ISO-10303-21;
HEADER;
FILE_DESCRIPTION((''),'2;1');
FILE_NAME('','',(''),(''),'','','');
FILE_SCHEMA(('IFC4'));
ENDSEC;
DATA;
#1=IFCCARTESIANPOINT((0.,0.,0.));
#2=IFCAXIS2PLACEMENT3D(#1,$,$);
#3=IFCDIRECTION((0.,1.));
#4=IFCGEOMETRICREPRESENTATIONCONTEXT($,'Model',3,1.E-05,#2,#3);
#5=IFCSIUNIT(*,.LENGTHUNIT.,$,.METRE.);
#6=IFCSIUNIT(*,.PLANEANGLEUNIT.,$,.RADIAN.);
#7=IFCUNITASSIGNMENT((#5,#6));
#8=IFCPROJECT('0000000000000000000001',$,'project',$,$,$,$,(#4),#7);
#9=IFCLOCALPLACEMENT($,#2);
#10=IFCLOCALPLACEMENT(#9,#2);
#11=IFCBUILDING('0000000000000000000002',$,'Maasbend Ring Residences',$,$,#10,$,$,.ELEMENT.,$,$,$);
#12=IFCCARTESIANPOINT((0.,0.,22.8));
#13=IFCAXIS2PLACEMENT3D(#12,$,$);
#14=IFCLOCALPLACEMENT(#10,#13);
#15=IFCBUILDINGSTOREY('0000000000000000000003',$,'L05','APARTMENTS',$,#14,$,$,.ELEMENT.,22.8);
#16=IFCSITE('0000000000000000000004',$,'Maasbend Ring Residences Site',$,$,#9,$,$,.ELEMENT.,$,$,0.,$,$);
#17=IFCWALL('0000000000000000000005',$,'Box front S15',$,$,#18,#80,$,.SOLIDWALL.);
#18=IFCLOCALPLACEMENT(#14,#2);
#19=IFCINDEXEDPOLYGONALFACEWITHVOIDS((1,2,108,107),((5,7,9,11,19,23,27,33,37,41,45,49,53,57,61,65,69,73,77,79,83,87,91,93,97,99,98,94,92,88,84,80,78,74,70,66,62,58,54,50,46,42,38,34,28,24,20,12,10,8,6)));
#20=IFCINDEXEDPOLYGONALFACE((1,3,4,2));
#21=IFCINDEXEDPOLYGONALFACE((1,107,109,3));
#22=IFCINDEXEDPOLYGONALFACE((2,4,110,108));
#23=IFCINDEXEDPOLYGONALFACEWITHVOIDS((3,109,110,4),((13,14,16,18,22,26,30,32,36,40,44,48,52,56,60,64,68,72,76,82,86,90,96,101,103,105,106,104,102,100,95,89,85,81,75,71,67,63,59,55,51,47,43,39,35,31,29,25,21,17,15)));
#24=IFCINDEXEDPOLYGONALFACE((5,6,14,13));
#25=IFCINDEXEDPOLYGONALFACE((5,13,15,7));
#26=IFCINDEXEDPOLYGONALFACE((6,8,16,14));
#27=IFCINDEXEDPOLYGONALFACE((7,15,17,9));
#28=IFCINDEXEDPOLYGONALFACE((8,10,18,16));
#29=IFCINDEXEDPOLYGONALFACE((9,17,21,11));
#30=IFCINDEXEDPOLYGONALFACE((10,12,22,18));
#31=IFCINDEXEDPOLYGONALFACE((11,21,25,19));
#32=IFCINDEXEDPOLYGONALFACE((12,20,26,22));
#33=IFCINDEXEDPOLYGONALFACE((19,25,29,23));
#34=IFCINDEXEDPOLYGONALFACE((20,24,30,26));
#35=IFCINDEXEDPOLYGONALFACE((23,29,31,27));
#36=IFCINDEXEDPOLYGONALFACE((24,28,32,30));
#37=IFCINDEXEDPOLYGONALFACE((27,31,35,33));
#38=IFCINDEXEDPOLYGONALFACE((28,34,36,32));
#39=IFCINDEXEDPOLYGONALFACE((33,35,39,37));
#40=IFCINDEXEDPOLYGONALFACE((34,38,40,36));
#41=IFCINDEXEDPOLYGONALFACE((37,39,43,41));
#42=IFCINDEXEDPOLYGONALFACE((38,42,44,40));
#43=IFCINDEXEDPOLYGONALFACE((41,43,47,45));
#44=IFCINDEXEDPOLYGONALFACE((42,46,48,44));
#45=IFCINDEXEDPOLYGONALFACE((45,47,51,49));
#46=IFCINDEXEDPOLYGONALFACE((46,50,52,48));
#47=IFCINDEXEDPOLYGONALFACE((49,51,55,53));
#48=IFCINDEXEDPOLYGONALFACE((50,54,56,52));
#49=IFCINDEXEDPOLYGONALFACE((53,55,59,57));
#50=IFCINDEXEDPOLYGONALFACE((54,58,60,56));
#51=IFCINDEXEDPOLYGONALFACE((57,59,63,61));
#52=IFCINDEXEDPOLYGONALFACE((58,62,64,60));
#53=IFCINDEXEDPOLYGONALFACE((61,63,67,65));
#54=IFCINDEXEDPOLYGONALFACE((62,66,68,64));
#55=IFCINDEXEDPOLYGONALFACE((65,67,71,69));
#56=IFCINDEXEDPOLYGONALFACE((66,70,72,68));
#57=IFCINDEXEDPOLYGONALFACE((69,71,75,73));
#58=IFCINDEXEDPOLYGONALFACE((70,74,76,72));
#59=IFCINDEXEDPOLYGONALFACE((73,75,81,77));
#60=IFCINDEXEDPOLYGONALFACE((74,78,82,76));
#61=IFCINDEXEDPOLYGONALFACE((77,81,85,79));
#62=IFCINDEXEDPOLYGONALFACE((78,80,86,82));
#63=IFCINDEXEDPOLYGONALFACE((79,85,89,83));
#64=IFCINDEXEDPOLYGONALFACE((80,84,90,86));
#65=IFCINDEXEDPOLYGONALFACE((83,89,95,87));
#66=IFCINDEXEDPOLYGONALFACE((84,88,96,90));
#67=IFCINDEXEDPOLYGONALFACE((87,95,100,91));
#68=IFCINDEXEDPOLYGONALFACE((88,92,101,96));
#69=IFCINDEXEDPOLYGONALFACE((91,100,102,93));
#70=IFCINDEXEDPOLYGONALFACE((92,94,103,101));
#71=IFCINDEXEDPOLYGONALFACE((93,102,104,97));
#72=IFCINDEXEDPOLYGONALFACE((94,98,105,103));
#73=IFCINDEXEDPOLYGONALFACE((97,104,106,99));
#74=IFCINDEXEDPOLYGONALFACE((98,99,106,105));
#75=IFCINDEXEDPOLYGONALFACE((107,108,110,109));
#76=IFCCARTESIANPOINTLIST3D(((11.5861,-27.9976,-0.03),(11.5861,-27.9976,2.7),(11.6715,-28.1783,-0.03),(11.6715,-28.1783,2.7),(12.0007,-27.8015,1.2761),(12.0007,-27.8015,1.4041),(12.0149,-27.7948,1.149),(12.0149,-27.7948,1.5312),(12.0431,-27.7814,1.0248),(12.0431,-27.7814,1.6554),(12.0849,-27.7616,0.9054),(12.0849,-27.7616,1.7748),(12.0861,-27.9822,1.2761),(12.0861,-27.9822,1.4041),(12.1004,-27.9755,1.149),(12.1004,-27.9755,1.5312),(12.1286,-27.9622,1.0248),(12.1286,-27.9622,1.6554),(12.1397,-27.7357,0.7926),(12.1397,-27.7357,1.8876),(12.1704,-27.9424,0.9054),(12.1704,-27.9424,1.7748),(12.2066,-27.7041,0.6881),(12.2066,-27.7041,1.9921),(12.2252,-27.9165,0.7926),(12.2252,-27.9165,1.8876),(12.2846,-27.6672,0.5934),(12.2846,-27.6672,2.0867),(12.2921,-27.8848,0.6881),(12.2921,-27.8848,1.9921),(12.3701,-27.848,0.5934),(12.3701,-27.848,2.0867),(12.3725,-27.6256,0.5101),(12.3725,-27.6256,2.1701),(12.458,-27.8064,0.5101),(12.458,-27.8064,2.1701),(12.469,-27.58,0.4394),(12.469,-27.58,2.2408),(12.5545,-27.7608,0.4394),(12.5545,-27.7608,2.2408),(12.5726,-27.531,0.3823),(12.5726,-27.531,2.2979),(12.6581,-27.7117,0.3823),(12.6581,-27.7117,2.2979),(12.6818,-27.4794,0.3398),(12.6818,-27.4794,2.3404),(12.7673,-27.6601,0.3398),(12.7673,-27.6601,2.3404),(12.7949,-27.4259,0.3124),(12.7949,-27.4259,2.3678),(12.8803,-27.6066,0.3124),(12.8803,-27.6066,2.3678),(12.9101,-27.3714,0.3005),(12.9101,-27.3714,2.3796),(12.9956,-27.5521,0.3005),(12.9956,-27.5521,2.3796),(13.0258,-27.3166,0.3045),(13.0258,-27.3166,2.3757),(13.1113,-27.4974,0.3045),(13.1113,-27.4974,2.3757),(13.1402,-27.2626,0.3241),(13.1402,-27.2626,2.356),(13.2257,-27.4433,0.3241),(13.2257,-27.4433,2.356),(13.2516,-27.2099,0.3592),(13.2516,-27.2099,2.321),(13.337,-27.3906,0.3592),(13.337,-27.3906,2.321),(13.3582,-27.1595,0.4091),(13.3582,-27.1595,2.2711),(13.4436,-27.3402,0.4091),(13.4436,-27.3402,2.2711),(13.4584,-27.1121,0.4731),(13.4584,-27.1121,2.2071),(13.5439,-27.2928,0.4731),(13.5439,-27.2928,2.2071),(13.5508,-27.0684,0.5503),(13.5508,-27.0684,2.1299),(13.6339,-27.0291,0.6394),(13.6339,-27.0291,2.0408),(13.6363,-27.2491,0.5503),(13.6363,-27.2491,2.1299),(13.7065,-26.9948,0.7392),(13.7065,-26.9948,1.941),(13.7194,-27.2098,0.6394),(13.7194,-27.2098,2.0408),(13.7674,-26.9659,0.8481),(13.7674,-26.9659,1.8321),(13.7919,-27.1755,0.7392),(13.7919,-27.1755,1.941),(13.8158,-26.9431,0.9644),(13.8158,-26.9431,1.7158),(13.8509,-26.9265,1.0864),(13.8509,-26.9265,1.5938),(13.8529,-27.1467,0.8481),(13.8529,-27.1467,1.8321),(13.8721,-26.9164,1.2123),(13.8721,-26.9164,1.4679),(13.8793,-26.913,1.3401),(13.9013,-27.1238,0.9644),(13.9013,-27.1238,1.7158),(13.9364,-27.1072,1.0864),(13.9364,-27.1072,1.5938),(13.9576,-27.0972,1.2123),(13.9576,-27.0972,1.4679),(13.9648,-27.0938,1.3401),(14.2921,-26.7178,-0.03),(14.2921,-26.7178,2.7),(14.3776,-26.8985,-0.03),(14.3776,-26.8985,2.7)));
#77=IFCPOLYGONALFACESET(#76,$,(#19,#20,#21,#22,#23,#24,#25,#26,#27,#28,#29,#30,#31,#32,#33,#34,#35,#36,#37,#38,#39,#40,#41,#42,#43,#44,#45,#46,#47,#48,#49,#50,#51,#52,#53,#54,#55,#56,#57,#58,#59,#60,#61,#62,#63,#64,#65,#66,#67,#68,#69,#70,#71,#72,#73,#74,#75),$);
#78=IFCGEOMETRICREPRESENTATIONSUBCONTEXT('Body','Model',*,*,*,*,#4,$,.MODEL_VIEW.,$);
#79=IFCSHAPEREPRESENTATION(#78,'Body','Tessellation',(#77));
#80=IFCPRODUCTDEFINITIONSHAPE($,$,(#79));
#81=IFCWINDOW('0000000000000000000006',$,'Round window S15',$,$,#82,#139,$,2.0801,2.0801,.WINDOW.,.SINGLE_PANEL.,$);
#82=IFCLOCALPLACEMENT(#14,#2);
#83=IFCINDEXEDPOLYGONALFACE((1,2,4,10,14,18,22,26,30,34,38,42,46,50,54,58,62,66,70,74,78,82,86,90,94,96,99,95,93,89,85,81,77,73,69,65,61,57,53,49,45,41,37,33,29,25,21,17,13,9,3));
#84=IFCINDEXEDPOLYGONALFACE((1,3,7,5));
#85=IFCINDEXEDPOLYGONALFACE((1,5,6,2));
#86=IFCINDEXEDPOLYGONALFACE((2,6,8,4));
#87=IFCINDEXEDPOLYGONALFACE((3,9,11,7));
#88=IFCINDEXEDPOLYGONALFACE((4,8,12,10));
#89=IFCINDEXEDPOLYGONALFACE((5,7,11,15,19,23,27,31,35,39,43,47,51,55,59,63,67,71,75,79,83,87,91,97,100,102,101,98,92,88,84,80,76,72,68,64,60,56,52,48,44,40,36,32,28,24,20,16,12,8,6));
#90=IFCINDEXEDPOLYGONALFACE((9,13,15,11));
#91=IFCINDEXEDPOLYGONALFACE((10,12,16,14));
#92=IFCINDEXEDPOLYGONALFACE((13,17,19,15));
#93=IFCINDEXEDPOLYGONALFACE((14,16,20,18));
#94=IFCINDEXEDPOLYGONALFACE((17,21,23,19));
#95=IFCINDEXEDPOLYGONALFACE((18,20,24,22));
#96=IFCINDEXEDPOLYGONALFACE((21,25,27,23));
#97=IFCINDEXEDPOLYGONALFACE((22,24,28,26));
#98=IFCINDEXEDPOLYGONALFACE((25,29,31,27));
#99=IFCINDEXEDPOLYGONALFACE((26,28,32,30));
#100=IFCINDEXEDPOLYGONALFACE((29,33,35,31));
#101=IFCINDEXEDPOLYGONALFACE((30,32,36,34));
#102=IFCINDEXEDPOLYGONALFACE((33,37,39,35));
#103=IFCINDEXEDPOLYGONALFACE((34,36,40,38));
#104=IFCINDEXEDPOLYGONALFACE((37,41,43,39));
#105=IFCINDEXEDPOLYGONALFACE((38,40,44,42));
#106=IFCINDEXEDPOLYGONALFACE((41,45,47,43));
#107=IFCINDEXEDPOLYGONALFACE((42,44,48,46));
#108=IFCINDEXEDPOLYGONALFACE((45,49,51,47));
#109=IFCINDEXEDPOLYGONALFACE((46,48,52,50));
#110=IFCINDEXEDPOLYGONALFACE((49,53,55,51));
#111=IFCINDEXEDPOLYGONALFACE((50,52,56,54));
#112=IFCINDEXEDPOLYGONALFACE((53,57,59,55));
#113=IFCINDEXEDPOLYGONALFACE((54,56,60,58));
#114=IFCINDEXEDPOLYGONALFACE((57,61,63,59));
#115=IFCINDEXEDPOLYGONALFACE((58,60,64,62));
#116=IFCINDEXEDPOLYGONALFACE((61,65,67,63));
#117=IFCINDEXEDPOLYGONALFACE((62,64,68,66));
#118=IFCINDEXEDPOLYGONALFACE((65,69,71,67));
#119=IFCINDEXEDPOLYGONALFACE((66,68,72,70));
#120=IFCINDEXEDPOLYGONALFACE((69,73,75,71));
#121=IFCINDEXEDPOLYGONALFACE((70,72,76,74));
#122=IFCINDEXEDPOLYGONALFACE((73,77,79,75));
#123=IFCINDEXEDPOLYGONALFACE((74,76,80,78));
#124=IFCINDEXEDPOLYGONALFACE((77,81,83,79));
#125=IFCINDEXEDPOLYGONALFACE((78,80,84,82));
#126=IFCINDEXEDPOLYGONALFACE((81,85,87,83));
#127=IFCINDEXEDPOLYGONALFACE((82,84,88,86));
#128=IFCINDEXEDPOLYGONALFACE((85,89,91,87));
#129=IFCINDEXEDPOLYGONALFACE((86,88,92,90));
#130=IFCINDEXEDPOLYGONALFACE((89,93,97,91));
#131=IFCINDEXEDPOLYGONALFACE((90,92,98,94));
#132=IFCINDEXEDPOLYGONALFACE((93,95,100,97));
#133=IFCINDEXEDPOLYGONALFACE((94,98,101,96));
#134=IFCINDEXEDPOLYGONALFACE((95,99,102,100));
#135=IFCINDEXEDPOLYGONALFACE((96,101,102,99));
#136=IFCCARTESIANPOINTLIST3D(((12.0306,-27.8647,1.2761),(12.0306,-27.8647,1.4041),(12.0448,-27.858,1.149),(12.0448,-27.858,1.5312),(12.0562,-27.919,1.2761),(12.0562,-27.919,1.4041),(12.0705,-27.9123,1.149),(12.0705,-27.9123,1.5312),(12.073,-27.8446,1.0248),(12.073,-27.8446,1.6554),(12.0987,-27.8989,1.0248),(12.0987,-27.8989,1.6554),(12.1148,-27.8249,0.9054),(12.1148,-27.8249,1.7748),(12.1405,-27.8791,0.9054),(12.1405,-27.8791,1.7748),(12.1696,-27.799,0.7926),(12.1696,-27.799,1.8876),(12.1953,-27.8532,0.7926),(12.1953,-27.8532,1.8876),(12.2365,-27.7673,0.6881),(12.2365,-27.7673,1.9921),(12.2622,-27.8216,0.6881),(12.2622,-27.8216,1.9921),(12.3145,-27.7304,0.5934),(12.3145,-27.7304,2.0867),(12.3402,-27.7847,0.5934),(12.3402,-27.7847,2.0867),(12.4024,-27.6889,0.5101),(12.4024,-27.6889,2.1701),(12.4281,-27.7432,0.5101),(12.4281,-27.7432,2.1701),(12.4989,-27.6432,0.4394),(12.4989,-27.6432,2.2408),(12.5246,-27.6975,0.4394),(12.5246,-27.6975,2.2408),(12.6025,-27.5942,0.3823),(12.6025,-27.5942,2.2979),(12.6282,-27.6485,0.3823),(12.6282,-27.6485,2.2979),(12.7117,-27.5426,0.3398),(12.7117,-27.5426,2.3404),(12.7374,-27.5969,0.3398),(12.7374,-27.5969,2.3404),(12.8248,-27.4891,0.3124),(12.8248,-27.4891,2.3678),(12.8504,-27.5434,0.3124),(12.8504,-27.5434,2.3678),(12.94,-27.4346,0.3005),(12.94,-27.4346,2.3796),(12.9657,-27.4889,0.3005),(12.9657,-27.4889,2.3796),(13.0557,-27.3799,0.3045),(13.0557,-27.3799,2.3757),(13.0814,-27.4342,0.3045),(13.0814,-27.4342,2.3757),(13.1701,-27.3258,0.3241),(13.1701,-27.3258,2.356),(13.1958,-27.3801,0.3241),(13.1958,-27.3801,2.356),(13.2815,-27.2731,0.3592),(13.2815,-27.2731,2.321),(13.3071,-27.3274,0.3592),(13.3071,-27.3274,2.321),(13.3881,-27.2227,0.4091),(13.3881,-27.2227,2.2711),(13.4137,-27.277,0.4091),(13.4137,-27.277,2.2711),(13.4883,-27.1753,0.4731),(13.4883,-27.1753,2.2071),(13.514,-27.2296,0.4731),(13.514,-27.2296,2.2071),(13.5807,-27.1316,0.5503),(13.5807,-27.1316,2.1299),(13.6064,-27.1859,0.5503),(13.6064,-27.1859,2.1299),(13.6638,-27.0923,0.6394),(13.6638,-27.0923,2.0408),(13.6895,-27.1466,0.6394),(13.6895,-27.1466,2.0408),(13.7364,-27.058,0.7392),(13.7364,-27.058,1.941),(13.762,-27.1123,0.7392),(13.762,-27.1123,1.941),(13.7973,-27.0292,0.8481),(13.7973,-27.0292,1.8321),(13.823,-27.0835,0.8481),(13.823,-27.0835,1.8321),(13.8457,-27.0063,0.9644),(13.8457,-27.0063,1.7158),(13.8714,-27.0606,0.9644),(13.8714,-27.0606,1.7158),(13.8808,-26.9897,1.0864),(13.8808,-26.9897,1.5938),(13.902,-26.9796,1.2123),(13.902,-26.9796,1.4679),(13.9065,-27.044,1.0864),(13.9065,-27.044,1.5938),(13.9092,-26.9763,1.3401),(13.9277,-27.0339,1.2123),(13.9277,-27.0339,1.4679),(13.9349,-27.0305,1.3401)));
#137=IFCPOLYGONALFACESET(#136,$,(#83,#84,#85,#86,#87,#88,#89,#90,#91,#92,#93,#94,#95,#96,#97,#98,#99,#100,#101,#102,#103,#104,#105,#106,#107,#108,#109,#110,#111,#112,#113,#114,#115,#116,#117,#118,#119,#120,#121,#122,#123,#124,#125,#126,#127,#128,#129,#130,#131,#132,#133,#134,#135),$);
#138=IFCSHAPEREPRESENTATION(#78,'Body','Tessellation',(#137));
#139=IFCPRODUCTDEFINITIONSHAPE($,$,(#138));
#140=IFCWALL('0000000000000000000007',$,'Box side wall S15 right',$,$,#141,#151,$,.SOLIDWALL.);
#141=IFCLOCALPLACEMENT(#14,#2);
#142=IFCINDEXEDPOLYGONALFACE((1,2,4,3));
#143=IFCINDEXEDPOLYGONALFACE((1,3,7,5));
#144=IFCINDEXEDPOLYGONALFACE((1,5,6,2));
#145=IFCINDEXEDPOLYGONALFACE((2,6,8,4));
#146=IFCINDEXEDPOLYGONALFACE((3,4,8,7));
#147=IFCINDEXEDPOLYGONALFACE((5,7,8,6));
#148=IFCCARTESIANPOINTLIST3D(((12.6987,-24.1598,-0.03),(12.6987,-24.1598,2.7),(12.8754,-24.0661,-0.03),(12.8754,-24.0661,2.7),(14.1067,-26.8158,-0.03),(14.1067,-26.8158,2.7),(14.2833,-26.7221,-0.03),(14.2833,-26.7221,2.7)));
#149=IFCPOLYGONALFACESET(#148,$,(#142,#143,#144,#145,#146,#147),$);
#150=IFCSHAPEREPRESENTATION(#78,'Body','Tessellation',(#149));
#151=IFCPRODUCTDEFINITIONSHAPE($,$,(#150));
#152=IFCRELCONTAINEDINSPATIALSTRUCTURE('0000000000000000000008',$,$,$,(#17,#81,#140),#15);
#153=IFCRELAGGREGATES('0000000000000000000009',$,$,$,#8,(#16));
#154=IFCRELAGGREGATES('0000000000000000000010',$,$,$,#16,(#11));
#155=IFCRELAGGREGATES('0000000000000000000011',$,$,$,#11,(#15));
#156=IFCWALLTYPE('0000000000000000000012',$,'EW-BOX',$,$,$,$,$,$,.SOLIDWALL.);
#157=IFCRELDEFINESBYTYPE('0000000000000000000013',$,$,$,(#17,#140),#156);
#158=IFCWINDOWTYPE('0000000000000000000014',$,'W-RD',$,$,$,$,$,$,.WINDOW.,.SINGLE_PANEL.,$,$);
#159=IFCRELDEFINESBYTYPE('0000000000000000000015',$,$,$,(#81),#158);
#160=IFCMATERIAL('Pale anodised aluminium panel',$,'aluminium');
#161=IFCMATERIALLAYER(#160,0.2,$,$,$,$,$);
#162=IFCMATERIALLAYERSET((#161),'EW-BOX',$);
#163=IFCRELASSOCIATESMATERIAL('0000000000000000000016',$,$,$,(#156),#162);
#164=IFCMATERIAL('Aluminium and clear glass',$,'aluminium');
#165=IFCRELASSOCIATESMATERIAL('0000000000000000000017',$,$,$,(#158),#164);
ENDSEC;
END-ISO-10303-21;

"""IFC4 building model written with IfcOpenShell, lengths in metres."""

from ifc_helpers import new_model, si_unit, direction, frame, frame_2d, origin, place, context, subcontext, project, spatial, rectangle, circle, extrude, material, layer, layer_set, type_object, element, fill, save


model = new_model("IFC4")

# Units and contexts
model_context = context("Model", 3, precision=1e-05, world=origin(), true_north=direction((0.0, 1.0)))
body_context = subcontext(model_context, "Body", "Model", "MODEL_VIEW")
ifc_project = project(units=[si_unit("LENGTHUNIT", "METRE"), si_unit("PLANEANGLEUNIT", "RADIAN")], contexts=[model_context])

# Site, building, storey
site_placement = place(None, origin())
site = spatial("IfcSite", under=ifc_project, at=site_placement, Name="Maasbend Ring Residences Site", CompositionType="ELEMENT", RefElevation=0.0)
building_placement = place(site_placement, origin())
building = spatial("IfcBuilding", under=site, at=building_placement, Name="Maasbend Ring Residences", CompositionType="ELEMENT")
storey_placement = place(building_placement, frame((0.0, 0.0, 22.8)))
storey = spatial("IfcBuildingStorey", under=building, at=storey_placement, Name="L05", Description="APARTMENTS", CompositionType="ELEMENT", Elevation=22.8)

# Wall, opening, window
ifc_material_1 = material(Name="Pale anodised aluminium panel", Category="aluminium")
ifc_layer_1 = layer(ifc_material_1, 0.2)
ifc_layer_set_1 = layer_set([ifc_layer_1], Name="EW-BOX")
wall_type_1 = type_object("IfcWallType", Name="EW-BOX", PredefinedType="SOLIDWALL", material=ifc_layer_set_1)
wall_1_placement = place(storey_placement, frame((11.6289, -28.0879, -0.03), z_axis=(0.0, 0.0, 1.0), x_axis=(0.904, 0.427532, 0.0)))
wall_1 = element("IfcWall", 1, at=wall_1_placement, inside=storey, type_object=wall_type_1, Name="Box front S15", PredefinedType="SOLIDWALL", context=body_context, shape_type="SweptSolid", body=[
    extrude(rectangle(XDim=2.9934, YDim=0.2, at=frame_2d((1.4966, 0.0))), origin(), (0.0, 0.0, 1.0), 2.73),
])
opening_1_placement = place(wall_1_placement, frame((0.4565, 0.0, 0.3301)))
opening_1 = element("IfcOpeningElement", 2, at=opening_1_placement, cuts=wall_1, PredefinedType="OPENING", context=body_context, shape_type="SweptSolid", body=[
    extrude(circle(Radius=1.04, at=frame_2d((1.04, 1.04))), frame((0.0, 0.1099, 0.0), z_axis=(0.0, -1.0, 0.0), x_axis=(1.0, 0.0, 0.0)), (0.0, 0.0, 1.0), 0.22),
])
ifc_material_2 = material(Name="Aluminium and clear glass", Category="aluminium")
window_type_1 = type_object("IfcWindowType", Name="W-RD", PartitioningType="SINGLE_PANEL", PredefinedType="WINDOW", material=ifc_material_2)
window_1_placement = place(opening_1_placement, origin())
window_1 = element("IfcWindow", 3, at=window_1_placement, inside=storey, type_object=window_type_1, Name="Round window S15", OverallHeight=2.0801, OverallWidth=2.0801, PartitioningType="SINGLE_PANEL", PredefinedType="WINDOW", context=body_context, shape_type="SweptSolid", body=[
    extrude(circle(Radius=1.04, at=frame_2d((1.04, 1.04))), frame((0.0, 0.03, 0.0), z_axis=(0.0, -1.0, 0.0), x_axis=(1.0, 0.0, 0.0)), (0.0, 0.0, 1.0), 0.0601),
])
fill(opening_1, window_1)

# Wall
wall_2_placement = place(storey_placement, frame((12.7871, -24.113, -0.03), z_axis=(0.0, 0.0, 1.0), x_axis=(0.468365, -0.883535, 0.0)))
element("IfcWall", 4, at=wall_2_placement, inside=storey, type_object=wall_type_1, Name="Box side wall S15 right", PredefinedType="SOLIDWALL", context=body_context, shape_type="SweptSolid", body=[
    extrude(rectangle(XDim=3.0061, YDim=0.2, at=frame_2d((1.5029, 0.0))), origin(), (0.0, 0.0, 1.0), 2.73),
])

save(model, "model.ifc")
